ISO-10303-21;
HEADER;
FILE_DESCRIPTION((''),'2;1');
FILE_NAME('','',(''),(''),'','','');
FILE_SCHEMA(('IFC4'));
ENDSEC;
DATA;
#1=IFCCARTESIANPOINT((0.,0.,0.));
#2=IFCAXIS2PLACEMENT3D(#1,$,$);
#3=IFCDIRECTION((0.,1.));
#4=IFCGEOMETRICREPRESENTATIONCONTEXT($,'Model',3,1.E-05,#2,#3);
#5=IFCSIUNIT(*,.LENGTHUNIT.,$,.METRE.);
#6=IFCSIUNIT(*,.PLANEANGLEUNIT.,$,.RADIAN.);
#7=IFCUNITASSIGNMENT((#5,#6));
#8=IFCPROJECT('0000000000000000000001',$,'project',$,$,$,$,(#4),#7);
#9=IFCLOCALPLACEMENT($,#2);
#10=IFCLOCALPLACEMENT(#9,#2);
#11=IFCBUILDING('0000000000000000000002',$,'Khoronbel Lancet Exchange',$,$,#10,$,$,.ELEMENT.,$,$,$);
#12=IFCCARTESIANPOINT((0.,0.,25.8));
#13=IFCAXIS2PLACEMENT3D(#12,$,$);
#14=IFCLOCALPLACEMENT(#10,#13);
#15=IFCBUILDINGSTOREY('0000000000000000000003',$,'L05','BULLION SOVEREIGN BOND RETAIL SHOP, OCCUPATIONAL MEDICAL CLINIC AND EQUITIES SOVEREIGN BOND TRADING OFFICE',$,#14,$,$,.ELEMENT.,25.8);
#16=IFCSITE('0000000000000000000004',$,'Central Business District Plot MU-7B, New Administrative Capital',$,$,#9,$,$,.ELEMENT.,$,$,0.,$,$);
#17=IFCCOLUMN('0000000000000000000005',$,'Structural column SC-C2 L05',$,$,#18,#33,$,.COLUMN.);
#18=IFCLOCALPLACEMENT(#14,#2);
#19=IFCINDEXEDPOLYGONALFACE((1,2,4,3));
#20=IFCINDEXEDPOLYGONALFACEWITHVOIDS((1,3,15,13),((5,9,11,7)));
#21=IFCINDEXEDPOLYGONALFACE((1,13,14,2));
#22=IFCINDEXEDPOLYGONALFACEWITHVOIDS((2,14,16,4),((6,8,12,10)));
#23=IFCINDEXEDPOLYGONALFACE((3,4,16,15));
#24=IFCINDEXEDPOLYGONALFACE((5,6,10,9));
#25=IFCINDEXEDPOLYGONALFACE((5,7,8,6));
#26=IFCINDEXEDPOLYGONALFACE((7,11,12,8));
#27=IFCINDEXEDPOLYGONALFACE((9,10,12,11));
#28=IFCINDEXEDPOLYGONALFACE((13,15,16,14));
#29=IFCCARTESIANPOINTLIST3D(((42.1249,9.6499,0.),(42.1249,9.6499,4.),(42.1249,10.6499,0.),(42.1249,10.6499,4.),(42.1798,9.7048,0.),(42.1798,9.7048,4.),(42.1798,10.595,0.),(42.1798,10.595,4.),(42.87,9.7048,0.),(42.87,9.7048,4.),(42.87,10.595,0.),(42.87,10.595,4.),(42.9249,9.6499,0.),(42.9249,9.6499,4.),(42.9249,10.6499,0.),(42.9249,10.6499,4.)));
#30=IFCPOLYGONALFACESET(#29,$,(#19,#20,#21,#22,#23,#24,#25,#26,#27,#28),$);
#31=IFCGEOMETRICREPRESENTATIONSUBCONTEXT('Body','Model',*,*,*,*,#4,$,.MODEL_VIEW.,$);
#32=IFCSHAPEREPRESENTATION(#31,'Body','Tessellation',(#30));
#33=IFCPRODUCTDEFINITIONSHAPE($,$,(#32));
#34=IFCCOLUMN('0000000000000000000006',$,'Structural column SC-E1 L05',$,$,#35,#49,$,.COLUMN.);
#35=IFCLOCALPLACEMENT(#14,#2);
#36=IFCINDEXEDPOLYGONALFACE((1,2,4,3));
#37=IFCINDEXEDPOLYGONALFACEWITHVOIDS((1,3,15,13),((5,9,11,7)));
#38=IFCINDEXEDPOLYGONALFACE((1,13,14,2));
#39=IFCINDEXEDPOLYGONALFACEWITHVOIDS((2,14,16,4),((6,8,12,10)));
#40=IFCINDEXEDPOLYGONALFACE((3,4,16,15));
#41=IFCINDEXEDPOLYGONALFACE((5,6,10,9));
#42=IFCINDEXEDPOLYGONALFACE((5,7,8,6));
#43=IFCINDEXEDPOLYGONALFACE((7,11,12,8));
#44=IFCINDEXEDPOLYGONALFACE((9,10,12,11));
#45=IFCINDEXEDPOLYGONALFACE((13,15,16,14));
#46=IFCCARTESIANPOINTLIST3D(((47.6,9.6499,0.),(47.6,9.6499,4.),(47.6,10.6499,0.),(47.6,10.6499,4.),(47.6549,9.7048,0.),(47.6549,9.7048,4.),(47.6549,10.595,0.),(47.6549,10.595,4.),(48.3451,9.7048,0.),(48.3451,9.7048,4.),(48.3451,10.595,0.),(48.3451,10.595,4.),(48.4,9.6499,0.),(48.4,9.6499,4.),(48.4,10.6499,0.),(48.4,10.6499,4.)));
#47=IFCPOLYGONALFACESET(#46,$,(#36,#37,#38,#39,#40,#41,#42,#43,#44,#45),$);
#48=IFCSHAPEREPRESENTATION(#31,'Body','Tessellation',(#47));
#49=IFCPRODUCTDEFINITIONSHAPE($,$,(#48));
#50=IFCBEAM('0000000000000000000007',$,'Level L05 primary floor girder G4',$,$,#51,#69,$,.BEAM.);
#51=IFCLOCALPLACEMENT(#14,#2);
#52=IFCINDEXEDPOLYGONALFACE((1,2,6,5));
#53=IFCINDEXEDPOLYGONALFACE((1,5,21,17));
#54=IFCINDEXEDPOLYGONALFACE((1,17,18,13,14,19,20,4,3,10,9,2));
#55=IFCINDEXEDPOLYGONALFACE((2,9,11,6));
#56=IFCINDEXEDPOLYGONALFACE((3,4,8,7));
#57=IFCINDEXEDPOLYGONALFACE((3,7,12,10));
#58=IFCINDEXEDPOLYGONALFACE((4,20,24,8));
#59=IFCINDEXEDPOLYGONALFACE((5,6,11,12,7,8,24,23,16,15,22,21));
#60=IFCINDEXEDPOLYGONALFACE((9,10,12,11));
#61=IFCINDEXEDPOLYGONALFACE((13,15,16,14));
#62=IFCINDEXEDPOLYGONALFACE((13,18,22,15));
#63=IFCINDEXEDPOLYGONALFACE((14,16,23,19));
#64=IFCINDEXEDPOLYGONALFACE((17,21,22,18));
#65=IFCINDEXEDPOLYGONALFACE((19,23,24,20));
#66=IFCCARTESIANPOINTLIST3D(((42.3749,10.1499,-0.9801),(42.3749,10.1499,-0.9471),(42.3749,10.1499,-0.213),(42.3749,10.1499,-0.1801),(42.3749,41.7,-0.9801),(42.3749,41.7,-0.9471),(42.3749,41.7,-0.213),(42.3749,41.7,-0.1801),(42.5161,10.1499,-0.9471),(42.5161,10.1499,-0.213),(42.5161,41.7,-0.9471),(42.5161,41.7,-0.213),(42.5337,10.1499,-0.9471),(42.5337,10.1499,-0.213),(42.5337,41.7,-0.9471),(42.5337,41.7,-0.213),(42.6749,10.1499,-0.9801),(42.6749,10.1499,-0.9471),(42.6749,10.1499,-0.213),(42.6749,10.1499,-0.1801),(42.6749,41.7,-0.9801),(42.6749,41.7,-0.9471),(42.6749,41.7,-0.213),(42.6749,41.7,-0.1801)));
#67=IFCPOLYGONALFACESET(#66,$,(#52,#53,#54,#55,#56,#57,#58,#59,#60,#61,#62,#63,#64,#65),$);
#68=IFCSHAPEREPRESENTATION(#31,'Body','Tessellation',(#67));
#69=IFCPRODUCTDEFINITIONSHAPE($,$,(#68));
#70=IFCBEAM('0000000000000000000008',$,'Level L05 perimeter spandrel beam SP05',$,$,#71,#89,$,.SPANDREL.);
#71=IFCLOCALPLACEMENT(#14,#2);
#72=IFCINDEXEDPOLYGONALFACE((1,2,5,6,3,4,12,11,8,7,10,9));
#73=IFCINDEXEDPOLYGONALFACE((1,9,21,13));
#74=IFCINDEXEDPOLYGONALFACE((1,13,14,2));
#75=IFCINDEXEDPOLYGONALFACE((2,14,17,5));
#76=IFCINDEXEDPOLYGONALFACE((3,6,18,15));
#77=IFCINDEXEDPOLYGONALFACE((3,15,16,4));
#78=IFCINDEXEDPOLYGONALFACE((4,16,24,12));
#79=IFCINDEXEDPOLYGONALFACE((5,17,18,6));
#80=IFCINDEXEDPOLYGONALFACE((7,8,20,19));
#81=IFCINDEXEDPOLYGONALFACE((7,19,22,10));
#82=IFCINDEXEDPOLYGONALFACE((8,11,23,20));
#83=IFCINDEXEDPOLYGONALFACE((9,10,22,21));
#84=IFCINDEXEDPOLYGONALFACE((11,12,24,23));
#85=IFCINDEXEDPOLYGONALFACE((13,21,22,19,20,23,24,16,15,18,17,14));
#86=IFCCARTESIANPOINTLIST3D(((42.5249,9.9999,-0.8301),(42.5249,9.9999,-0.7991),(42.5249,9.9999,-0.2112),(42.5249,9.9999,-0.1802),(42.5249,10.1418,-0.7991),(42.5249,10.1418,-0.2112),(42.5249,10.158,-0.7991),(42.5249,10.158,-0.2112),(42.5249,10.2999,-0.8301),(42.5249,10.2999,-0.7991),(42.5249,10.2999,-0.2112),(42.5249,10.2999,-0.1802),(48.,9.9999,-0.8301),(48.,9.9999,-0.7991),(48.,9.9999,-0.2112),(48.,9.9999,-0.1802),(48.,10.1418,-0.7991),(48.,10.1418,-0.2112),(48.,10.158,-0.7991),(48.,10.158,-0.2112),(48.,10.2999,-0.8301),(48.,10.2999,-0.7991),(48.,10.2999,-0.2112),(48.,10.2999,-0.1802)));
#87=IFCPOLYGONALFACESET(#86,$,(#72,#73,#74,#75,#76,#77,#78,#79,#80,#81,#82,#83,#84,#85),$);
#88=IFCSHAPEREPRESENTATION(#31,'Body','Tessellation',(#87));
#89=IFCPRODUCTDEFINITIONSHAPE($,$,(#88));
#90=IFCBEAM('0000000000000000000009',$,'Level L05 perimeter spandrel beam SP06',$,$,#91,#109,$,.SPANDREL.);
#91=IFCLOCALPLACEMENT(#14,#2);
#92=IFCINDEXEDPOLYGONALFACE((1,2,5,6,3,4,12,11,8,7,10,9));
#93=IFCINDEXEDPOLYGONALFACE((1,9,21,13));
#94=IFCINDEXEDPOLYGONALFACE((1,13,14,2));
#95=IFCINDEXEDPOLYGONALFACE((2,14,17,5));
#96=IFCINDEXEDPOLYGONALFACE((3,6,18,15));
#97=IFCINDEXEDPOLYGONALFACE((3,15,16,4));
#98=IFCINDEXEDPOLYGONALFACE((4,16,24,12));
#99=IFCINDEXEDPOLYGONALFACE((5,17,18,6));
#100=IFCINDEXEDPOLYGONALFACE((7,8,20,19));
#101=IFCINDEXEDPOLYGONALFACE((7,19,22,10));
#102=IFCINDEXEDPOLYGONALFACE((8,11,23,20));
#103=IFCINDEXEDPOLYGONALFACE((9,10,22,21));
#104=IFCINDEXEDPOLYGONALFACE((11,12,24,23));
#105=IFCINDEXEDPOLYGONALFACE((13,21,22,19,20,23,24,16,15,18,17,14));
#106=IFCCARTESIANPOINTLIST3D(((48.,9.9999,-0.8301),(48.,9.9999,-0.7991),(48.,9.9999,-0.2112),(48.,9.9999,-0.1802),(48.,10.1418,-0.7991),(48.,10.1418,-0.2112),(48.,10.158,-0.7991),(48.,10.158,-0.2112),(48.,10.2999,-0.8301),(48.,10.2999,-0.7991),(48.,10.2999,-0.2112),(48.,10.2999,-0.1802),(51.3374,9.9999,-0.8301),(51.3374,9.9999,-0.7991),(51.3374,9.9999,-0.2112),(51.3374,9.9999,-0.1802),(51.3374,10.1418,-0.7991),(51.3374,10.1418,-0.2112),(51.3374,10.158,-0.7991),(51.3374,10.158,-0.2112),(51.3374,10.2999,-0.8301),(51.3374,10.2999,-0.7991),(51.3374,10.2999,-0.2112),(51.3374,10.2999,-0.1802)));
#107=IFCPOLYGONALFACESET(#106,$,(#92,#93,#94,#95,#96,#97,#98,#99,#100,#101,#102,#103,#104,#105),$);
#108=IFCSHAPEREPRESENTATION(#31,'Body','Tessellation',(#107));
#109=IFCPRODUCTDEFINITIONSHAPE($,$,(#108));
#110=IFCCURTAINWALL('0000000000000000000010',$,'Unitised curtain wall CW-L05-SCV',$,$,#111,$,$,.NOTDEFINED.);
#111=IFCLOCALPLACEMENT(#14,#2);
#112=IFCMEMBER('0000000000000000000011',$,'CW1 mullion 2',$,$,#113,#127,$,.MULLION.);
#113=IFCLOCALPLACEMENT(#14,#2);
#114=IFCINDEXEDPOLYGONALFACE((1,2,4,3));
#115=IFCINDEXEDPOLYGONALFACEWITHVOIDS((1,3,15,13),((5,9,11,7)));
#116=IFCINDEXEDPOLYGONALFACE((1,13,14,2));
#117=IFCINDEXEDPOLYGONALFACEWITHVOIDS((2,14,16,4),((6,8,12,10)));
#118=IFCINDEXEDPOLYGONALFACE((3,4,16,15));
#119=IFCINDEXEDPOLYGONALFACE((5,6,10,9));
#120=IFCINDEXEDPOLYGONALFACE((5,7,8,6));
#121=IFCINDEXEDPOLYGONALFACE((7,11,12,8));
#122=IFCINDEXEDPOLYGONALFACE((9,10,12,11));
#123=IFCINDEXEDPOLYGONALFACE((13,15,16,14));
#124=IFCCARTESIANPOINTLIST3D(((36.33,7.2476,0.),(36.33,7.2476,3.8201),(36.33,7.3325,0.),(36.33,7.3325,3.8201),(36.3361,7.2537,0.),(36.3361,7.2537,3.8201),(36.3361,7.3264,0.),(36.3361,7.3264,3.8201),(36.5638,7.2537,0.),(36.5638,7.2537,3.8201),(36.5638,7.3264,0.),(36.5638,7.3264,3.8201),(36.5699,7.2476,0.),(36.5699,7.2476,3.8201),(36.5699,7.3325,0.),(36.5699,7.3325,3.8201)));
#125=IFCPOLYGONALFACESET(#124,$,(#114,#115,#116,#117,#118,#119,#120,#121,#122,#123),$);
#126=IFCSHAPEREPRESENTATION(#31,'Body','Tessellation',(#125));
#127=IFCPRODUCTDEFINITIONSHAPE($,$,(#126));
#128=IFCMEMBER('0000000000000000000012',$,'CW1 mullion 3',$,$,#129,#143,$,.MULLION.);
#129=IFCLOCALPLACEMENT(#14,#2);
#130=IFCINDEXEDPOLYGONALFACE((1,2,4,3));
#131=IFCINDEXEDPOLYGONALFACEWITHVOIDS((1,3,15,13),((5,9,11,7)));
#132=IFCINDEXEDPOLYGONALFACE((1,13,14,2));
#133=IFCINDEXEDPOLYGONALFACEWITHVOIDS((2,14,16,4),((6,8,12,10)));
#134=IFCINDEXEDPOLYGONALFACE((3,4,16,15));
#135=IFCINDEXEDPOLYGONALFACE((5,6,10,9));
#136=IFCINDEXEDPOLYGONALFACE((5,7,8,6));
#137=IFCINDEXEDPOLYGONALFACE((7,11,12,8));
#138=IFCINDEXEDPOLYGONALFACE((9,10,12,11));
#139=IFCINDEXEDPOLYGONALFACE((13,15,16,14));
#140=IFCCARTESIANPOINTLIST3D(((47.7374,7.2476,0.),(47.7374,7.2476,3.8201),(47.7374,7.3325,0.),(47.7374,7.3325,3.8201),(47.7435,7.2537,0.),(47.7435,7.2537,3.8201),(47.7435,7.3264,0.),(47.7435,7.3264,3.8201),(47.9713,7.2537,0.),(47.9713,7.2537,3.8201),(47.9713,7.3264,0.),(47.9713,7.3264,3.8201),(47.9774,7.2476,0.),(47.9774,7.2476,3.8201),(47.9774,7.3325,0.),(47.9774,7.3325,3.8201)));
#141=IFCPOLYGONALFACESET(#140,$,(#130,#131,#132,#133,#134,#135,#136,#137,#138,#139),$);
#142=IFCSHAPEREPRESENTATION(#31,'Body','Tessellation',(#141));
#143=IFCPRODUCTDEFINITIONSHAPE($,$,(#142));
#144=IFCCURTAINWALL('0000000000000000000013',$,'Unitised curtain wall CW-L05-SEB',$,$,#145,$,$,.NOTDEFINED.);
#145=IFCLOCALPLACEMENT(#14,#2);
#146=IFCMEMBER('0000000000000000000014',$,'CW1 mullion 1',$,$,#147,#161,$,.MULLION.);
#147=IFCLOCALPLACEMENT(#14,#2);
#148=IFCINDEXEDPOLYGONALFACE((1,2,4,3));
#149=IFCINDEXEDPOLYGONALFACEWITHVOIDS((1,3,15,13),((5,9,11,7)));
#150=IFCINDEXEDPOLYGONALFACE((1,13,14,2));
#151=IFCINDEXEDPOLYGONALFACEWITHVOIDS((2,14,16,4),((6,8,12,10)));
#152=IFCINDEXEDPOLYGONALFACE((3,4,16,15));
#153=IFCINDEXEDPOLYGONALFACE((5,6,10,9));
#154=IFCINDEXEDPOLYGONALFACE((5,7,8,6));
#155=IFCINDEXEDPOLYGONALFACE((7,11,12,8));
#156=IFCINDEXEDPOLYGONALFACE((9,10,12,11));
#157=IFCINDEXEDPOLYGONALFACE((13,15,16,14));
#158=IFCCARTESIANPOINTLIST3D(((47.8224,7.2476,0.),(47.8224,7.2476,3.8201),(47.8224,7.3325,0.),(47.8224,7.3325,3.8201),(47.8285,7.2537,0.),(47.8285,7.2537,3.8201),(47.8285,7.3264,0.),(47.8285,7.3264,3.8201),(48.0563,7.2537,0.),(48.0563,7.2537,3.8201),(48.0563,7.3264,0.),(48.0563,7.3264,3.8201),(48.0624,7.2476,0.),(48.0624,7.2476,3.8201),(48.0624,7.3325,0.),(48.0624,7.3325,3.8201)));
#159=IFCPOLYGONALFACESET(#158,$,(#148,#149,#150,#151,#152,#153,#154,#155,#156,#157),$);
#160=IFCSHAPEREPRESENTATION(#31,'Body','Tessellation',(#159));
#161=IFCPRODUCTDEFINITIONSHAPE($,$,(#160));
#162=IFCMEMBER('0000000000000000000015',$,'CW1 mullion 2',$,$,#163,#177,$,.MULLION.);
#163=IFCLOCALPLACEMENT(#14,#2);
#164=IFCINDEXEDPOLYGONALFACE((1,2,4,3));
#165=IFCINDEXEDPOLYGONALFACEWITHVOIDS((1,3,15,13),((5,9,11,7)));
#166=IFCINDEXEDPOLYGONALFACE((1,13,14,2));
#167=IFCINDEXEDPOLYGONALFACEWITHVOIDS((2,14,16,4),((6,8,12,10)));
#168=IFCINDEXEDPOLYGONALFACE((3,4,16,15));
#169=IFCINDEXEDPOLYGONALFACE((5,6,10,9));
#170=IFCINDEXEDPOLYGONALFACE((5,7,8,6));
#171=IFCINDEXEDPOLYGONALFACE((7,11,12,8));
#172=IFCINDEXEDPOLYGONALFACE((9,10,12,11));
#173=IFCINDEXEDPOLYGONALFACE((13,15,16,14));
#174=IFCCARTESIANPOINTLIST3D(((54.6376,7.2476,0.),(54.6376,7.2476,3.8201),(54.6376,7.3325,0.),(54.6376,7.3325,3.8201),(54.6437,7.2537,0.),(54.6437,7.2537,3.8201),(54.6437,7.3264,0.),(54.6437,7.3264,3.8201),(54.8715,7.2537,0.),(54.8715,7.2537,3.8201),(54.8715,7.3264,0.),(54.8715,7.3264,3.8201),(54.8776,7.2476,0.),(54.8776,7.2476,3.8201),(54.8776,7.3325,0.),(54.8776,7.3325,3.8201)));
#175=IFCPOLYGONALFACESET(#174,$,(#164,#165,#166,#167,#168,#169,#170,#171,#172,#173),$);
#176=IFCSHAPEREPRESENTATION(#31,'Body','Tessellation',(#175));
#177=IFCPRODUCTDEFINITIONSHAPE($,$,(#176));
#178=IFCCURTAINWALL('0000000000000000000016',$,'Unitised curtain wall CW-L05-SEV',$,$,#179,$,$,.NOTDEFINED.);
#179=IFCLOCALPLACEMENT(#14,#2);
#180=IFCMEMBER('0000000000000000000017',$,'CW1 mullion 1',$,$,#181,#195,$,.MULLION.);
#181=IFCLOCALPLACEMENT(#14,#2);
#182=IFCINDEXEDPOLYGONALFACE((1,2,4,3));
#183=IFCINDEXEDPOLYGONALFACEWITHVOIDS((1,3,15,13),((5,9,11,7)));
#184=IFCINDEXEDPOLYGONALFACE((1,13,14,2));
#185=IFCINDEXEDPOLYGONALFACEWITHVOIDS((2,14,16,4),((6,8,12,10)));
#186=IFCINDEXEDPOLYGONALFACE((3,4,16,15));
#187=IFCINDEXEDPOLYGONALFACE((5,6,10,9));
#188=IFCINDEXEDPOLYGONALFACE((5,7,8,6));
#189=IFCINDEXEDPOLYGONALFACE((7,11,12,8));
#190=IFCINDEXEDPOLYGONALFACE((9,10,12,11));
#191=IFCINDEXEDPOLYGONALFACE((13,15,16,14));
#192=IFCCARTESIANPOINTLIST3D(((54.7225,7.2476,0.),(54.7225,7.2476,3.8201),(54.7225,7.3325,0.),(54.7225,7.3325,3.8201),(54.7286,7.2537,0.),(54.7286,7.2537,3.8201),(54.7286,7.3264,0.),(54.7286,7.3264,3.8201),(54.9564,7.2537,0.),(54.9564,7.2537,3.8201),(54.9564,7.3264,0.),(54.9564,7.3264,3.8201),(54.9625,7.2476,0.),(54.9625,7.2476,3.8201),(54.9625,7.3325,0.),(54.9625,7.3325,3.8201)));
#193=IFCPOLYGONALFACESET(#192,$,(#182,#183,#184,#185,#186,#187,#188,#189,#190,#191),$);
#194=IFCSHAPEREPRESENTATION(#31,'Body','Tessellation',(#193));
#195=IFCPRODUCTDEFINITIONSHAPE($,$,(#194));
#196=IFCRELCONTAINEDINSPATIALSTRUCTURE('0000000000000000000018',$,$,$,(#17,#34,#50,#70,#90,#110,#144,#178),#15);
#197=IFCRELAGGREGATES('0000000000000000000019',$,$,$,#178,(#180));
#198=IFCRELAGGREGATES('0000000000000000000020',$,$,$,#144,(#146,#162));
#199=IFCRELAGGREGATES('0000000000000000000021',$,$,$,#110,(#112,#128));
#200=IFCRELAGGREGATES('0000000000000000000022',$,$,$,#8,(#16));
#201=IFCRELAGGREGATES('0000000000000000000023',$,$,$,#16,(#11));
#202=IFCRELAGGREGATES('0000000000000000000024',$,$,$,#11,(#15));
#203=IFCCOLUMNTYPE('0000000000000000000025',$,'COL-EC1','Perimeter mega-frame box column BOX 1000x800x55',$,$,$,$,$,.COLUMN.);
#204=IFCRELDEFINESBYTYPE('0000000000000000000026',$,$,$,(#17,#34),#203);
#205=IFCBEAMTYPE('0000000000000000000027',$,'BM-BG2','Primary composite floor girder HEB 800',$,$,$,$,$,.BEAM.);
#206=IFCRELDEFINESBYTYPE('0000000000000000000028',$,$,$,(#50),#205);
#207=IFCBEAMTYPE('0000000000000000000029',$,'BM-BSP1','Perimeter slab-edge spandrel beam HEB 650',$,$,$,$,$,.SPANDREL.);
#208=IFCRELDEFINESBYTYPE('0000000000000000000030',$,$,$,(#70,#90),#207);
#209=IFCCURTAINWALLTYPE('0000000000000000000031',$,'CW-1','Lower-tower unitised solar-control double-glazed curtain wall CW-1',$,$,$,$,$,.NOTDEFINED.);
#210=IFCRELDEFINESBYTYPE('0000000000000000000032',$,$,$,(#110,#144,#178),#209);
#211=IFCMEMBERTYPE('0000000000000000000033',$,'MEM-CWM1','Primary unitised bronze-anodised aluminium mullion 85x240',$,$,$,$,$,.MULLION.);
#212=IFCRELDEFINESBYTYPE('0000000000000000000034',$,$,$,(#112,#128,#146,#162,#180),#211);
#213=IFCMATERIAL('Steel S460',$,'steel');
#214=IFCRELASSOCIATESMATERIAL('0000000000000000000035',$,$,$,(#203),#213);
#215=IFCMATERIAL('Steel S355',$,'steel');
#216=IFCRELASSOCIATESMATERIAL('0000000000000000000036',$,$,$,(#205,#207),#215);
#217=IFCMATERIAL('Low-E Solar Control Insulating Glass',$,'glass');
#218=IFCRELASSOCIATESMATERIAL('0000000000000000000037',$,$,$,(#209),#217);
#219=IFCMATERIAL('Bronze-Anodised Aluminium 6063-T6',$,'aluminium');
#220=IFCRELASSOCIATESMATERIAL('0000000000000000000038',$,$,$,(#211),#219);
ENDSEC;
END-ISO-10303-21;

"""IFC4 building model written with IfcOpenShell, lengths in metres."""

from ifc_helpers import new_model, si_unit, direction, frame, origin, origin_2d, place, context, subcontext, project, spatial, hollow_rectangle, i_section, extrude, material, material_profile, profile_set, type_object, element, aggregate, save


model = new_model("IFC4")

# Units and contexts
model_context = context("Model", 3, precision=1e-05, world=origin(), true_north=direction((0.0, 1.0)))
body_context = subcontext(model_context, "Body", "Model", "MODEL_VIEW")
ifc_project = project(units=[si_unit("LENGTHUNIT", "METRE"), si_unit("PLANEANGLEUNIT", "RADIAN")], contexts=[model_context])

# Site, building, storey
site_placement = place(None, origin())
site = spatial("IfcSite", under=ifc_project, at=site_placement, Name="Central Business District Plot MU-7B, New Administrative Capital", CompositionType="ELEMENT", RefElevation=0.0)
building_placement = place(site_placement, origin())
building = spatial("IfcBuilding", under=site, at=building_placement, Name="Khoronbel Lancet Exchange", CompositionType="ELEMENT")
storey_placement = place(building_placement, frame((0.0, 0.0, 25.8)))
storey = spatial("IfcBuildingStorey", under=building, at=storey_placement, Name="L05", Description="BULLION SOVEREIGN BOND RETAIL SHOP, OCCUPATIONAL MEDICAL CLINIC AND EQUITIES SOVEREIGN BOND TRADING OFFICE", CompositionType="ELEMENT", Elevation=25.8)

# Columns
ifc_material_1 = material(Name="Steel S460", Category="steel")
ifc_material_profile_1 = material_profile(ifc_material_1, hollow_rectangle(XDim=0.8, YDim=1.0, WallThickness=0.0549, at=origin_2d()), Name="BOX 1000x800x55")
ifc_profile_set_1 = profile_set([ifc_material_profile_1], Name="Steel S460")
column_type = type_object("IfcColumnType", Name="COL-EC1", Description="Perimeter mega-frame box column BOX 1000x800x55", PredefinedType="COLUMN", material=ifc_profile_set_1)
for number, where, z_axis, x_axis, name in (
    (1, (42.5249, 10.1499, 0.0), (0.0, 0.0, 1.0), (1.0, 0.0, 0.0), "Structural column SC-C2 L05"),
    (2, (48.0, 10.1499, 0.0), (0.0, 0.0, 1.0), (1.0, 0.0, 0.0), "Structural column SC-E1 L05"),
):
    element("IfcColumn", number, at=place(storey_placement, frame(where, z_axis=z_axis, x_axis=x_axis)), inside=storey, type_object=column_type, Name=name, PredefinedType="COLUMN", context=body_context, shape_type="SweptSolid", body=[
        extrude(hollow_rectangle(XDim=0.8, YDim=1.0, WallThickness=0.0549, at=origin_2d()), origin(), (0.0, 0.0, 1.0), 4.0),
    ])

# Beams
ifc_material_2 = material(Name="Steel S355", Category="steel")
ifc_material_profile_2 = material_profile(ifc_material_2, i_section(OverallWidth=0.3, OverallDepth=0.8, WebThickness=0.0176, FlangeThickness=0.033, at=origin_2d()), Name="HEB 800")
ifc_profile_set_2 = profile_set([ifc_material_profile_2], Name="Steel S355")
beam_type_1 = type_object("IfcBeamType", Name="BM-BG2", Description="Primary composite floor girder HEB 800", PredefinedType="BEAM", material=ifc_profile_set_2)
beam_1_placement = place(storey_placement, frame((42.5249, 10.1499, -0.5801), z_axis=(0.0, 1.0, 0.0), x_axis=(-1.0, 0.0, 0.0)))
element("IfcBeam", 3, at=beam_1_placement, inside=storey, type_object=beam_type_1, Name="Level L05 primary floor girder G4", PredefinedType="BEAM", context=body_context, shape_type="SweptSolid", body=[
    extrude(i_section(OverallWidth=0.3, OverallDepth=0.8, WebThickness=0.0176, FlangeThickness=0.033, at=origin_2d()), origin(), (0.0, 0.0, 1.0), 31.55),
])
ifc_material_profile_3 = material_profile(ifc_material_2, i_section(OverallWidth=0.3, OverallDepth=0.6499, WebThickness=0.0161, FlangeThickness=0.031, at=origin_2d()), Name="HEB 650")
ifc_profile_set_3 = profile_set([ifc_material_profile_3], Name="Steel S355")
beam_type_2 = type_object("IfcBeamType", Name="BM-BSP1", Description="Perimeter slab-edge spandrel beam HEB 650", PredefinedType="SPANDREL", material=ifc_profile_set_3)
beam_2_placement = place(storey_placement, frame((42.5249, 10.1499, -0.5051), z_axis=(1.0, 0.0, 0.0), x_axis=(0.0, 1.0, 0.0)))
element("IfcBeam", 4, at=beam_2_placement, inside=storey, type_object=beam_type_2, Name="Level L05 perimeter spandrel beam SP05", PredefinedType="SPANDREL", context=body_context, shape_type="SweptSolid", body=[
    extrude(i_section(OverallWidth=0.3, OverallDepth=0.6499, WebThickness=0.0161, FlangeThickness=0.031, at=origin_2d()), origin(), (0.0, 0.0, 1.0), 5.4751),
])
beam_3_placement = place(storey_placement, frame((48.0, 10.1499, -0.5051), z_axis=(1.0, 0.0, 0.0), x_axis=(0.0, 1.0, 0.0)))
element("IfcBeam", 5, at=beam_3_placement, inside=storey, type_object=beam_type_2, Name="Level L05 perimeter spandrel beam SP06", PredefinedType="SPANDREL", context=body_context, shape_type="SweptSolid", body=[
    extrude(i_section(OverallWidth=0.3, OverallDepth=0.6499, WebThickness=0.0161, FlangeThickness=0.031, at=origin_2d()), origin(), (0.0, 0.0, 1.0), 3.3374),
])

# Curtain walls, members
ifc_material_3 = material(Name="Low-E Solar Control Insulating Glass", Category="glass")
curtain_wall_type = type_object("IfcCurtainWallType", Name="CW-1", Description="Lower-tower unitised solar-control double-glazed curtain wall CW-1", PredefinedType="NOTDEFINED", material=ifc_material_3)
curtain_wall_1_placement = place(storey_placement, origin())
curtain_wall_1 = element("IfcCurtainWall", 6, at=curtain_wall_1_placement, inside=storey, type_object=curtain_wall_type, Name="Unitised curtain wall CW-L05-SCV", PredefinedType="NOTDEFINED")
ifc_material_4 = material(Name="Bronze-Anodised Aluminium 6063-T6", Category="aluminium")
ifc_material_profile_4 = material_profile(ifc_material_4, hollow_rectangle(XDim=0.085, YDim=0.24, WallThickness=0.0061, at=origin_2d()), Name="ALU MULLION 85x240")
ifc_profile_set_4 = profile_set([ifc_material_profile_4], Name="Bronze-Anodised Aluminium 6063-T6")
member_type_1 = type_object("IfcMemberType", Name="MEM-CWM1", Description="Primary unitised bronze-anodised aluminium mullion 85x240", PredefinedType="MULLION", material=ifc_profile_set_4)
member_1_placement = place(storey_placement, frame((36.45, 7.29, 0.0), z_axis=(0.0, 0.0, 1.0), x_axis=(0.0, 1.0, 0.0)))
member_1 = element("IfcMember", 7, at=member_1_placement, type_object=member_type_1, Name="CW1 mullion 2", PredefinedType="MULLION", context=body_context, shape_type="SweptSolid", body=[
    extrude(hollow_rectangle(XDim=0.085, YDim=0.24, WallThickness=0.0061, at=origin_2d()), origin(), (0.0, 0.0, 1.0), 3.8201),
])
member_2_placement = place(storey_placement, frame((47.8574, 7.29, 0.0), z_axis=(0.0, 0.0, 1.0), x_axis=(0.0, 1.0, 0.0)))
member_2 = element("IfcMember", 8, at=member_2_placement, type_object=member_type_1, Name="CW1 mullion 3", PredefinedType="MULLION", context=body_context, shape_type="SweptSolid", body=[
    extrude(hollow_rectangle(XDim=0.085, YDim=0.24, WallThickness=0.0061, at=origin_2d()), origin(), (0.0, 0.0, 1.0), 3.8201),
])
curtain_wall_2_placement = place(storey_placement, origin())
curtain_wall_2 = element("IfcCurtainWall", 9, at=curtain_wall_2_placement, inside=storey, type_object=curtain_wall_type, Name="Unitised curtain wall CW-L05-SEB", PredefinedType="NOTDEFINED")
member_3_placement = place(storey_placement, frame((47.9424, 7.29, 0.0), z_axis=(0.0, 0.0, 1.0), x_axis=(0.0, 1.0, 0.0)))
member_3 = element("IfcMember", 10, at=member_3_placement, type_object=member_type_1, Name="CW1 mullion 1", PredefinedType="MULLION", context=body_context, shape_type="SweptSolid", body=[
    extrude(hollow_rectangle(XDim=0.085, YDim=0.24, WallThickness=0.0061, at=origin_2d()), origin(), (0.0, 0.0, 1.0), 3.8201),
])
member_4_placement = place(storey_placement, frame((54.7576, 7.29, 0.0), z_axis=(0.0, 0.0, 1.0), x_axis=(0.0, 1.0, 0.0)))
member_4 = element("IfcMember", 11, at=member_4_placement, type_object=member_type_1, Name="CW1 mullion 2", PredefinedType="MULLION", context=body_context, shape_type="SweptSolid", body=[
    extrude(hollow_rectangle(XDim=0.085, YDim=0.24, WallThickness=0.0061, at=origin_2d()), origin(), (0.0, 0.0, 1.0), 3.8201),
])

# Curtain wall, member
curtain_wall_3_placement = place(storey_placement, origin())
curtain_wall_3 = element("IfcCurtainWall", 12, at=curtain_wall_3_placement, inside=storey, type_object=curtain_wall_type, Name="Unitised curtain wall CW-L05-SEV", PredefinedType="NOTDEFINED")
member_5_placement = place(storey_placement, frame((54.8425, 7.29, 0.0), z_axis=(0.0, 0.0, 1.0), x_axis=(0.0, 1.0, 0.0)))
member_5 = element("IfcMember", 13, at=member_5_placement, type_object=member_type_1, Name="CW1 mullion 1", PredefinedType="MULLION", context=body_context, shape_type="SweptSolid", body=[
    extrude(hollow_rectangle(XDim=0.085, YDim=0.24, WallThickness=0.0061, at=origin_2d()), origin(), (0.0, 0.0, 1.0), 3.8201),
])
aggregate(curtain_wall_3, [member_5])

aggregate(curtain_wall_2, [member_3, member_4])
aggregate(curtain_wall_1, [member_1, member_2])

save(model, "model.ifc")
